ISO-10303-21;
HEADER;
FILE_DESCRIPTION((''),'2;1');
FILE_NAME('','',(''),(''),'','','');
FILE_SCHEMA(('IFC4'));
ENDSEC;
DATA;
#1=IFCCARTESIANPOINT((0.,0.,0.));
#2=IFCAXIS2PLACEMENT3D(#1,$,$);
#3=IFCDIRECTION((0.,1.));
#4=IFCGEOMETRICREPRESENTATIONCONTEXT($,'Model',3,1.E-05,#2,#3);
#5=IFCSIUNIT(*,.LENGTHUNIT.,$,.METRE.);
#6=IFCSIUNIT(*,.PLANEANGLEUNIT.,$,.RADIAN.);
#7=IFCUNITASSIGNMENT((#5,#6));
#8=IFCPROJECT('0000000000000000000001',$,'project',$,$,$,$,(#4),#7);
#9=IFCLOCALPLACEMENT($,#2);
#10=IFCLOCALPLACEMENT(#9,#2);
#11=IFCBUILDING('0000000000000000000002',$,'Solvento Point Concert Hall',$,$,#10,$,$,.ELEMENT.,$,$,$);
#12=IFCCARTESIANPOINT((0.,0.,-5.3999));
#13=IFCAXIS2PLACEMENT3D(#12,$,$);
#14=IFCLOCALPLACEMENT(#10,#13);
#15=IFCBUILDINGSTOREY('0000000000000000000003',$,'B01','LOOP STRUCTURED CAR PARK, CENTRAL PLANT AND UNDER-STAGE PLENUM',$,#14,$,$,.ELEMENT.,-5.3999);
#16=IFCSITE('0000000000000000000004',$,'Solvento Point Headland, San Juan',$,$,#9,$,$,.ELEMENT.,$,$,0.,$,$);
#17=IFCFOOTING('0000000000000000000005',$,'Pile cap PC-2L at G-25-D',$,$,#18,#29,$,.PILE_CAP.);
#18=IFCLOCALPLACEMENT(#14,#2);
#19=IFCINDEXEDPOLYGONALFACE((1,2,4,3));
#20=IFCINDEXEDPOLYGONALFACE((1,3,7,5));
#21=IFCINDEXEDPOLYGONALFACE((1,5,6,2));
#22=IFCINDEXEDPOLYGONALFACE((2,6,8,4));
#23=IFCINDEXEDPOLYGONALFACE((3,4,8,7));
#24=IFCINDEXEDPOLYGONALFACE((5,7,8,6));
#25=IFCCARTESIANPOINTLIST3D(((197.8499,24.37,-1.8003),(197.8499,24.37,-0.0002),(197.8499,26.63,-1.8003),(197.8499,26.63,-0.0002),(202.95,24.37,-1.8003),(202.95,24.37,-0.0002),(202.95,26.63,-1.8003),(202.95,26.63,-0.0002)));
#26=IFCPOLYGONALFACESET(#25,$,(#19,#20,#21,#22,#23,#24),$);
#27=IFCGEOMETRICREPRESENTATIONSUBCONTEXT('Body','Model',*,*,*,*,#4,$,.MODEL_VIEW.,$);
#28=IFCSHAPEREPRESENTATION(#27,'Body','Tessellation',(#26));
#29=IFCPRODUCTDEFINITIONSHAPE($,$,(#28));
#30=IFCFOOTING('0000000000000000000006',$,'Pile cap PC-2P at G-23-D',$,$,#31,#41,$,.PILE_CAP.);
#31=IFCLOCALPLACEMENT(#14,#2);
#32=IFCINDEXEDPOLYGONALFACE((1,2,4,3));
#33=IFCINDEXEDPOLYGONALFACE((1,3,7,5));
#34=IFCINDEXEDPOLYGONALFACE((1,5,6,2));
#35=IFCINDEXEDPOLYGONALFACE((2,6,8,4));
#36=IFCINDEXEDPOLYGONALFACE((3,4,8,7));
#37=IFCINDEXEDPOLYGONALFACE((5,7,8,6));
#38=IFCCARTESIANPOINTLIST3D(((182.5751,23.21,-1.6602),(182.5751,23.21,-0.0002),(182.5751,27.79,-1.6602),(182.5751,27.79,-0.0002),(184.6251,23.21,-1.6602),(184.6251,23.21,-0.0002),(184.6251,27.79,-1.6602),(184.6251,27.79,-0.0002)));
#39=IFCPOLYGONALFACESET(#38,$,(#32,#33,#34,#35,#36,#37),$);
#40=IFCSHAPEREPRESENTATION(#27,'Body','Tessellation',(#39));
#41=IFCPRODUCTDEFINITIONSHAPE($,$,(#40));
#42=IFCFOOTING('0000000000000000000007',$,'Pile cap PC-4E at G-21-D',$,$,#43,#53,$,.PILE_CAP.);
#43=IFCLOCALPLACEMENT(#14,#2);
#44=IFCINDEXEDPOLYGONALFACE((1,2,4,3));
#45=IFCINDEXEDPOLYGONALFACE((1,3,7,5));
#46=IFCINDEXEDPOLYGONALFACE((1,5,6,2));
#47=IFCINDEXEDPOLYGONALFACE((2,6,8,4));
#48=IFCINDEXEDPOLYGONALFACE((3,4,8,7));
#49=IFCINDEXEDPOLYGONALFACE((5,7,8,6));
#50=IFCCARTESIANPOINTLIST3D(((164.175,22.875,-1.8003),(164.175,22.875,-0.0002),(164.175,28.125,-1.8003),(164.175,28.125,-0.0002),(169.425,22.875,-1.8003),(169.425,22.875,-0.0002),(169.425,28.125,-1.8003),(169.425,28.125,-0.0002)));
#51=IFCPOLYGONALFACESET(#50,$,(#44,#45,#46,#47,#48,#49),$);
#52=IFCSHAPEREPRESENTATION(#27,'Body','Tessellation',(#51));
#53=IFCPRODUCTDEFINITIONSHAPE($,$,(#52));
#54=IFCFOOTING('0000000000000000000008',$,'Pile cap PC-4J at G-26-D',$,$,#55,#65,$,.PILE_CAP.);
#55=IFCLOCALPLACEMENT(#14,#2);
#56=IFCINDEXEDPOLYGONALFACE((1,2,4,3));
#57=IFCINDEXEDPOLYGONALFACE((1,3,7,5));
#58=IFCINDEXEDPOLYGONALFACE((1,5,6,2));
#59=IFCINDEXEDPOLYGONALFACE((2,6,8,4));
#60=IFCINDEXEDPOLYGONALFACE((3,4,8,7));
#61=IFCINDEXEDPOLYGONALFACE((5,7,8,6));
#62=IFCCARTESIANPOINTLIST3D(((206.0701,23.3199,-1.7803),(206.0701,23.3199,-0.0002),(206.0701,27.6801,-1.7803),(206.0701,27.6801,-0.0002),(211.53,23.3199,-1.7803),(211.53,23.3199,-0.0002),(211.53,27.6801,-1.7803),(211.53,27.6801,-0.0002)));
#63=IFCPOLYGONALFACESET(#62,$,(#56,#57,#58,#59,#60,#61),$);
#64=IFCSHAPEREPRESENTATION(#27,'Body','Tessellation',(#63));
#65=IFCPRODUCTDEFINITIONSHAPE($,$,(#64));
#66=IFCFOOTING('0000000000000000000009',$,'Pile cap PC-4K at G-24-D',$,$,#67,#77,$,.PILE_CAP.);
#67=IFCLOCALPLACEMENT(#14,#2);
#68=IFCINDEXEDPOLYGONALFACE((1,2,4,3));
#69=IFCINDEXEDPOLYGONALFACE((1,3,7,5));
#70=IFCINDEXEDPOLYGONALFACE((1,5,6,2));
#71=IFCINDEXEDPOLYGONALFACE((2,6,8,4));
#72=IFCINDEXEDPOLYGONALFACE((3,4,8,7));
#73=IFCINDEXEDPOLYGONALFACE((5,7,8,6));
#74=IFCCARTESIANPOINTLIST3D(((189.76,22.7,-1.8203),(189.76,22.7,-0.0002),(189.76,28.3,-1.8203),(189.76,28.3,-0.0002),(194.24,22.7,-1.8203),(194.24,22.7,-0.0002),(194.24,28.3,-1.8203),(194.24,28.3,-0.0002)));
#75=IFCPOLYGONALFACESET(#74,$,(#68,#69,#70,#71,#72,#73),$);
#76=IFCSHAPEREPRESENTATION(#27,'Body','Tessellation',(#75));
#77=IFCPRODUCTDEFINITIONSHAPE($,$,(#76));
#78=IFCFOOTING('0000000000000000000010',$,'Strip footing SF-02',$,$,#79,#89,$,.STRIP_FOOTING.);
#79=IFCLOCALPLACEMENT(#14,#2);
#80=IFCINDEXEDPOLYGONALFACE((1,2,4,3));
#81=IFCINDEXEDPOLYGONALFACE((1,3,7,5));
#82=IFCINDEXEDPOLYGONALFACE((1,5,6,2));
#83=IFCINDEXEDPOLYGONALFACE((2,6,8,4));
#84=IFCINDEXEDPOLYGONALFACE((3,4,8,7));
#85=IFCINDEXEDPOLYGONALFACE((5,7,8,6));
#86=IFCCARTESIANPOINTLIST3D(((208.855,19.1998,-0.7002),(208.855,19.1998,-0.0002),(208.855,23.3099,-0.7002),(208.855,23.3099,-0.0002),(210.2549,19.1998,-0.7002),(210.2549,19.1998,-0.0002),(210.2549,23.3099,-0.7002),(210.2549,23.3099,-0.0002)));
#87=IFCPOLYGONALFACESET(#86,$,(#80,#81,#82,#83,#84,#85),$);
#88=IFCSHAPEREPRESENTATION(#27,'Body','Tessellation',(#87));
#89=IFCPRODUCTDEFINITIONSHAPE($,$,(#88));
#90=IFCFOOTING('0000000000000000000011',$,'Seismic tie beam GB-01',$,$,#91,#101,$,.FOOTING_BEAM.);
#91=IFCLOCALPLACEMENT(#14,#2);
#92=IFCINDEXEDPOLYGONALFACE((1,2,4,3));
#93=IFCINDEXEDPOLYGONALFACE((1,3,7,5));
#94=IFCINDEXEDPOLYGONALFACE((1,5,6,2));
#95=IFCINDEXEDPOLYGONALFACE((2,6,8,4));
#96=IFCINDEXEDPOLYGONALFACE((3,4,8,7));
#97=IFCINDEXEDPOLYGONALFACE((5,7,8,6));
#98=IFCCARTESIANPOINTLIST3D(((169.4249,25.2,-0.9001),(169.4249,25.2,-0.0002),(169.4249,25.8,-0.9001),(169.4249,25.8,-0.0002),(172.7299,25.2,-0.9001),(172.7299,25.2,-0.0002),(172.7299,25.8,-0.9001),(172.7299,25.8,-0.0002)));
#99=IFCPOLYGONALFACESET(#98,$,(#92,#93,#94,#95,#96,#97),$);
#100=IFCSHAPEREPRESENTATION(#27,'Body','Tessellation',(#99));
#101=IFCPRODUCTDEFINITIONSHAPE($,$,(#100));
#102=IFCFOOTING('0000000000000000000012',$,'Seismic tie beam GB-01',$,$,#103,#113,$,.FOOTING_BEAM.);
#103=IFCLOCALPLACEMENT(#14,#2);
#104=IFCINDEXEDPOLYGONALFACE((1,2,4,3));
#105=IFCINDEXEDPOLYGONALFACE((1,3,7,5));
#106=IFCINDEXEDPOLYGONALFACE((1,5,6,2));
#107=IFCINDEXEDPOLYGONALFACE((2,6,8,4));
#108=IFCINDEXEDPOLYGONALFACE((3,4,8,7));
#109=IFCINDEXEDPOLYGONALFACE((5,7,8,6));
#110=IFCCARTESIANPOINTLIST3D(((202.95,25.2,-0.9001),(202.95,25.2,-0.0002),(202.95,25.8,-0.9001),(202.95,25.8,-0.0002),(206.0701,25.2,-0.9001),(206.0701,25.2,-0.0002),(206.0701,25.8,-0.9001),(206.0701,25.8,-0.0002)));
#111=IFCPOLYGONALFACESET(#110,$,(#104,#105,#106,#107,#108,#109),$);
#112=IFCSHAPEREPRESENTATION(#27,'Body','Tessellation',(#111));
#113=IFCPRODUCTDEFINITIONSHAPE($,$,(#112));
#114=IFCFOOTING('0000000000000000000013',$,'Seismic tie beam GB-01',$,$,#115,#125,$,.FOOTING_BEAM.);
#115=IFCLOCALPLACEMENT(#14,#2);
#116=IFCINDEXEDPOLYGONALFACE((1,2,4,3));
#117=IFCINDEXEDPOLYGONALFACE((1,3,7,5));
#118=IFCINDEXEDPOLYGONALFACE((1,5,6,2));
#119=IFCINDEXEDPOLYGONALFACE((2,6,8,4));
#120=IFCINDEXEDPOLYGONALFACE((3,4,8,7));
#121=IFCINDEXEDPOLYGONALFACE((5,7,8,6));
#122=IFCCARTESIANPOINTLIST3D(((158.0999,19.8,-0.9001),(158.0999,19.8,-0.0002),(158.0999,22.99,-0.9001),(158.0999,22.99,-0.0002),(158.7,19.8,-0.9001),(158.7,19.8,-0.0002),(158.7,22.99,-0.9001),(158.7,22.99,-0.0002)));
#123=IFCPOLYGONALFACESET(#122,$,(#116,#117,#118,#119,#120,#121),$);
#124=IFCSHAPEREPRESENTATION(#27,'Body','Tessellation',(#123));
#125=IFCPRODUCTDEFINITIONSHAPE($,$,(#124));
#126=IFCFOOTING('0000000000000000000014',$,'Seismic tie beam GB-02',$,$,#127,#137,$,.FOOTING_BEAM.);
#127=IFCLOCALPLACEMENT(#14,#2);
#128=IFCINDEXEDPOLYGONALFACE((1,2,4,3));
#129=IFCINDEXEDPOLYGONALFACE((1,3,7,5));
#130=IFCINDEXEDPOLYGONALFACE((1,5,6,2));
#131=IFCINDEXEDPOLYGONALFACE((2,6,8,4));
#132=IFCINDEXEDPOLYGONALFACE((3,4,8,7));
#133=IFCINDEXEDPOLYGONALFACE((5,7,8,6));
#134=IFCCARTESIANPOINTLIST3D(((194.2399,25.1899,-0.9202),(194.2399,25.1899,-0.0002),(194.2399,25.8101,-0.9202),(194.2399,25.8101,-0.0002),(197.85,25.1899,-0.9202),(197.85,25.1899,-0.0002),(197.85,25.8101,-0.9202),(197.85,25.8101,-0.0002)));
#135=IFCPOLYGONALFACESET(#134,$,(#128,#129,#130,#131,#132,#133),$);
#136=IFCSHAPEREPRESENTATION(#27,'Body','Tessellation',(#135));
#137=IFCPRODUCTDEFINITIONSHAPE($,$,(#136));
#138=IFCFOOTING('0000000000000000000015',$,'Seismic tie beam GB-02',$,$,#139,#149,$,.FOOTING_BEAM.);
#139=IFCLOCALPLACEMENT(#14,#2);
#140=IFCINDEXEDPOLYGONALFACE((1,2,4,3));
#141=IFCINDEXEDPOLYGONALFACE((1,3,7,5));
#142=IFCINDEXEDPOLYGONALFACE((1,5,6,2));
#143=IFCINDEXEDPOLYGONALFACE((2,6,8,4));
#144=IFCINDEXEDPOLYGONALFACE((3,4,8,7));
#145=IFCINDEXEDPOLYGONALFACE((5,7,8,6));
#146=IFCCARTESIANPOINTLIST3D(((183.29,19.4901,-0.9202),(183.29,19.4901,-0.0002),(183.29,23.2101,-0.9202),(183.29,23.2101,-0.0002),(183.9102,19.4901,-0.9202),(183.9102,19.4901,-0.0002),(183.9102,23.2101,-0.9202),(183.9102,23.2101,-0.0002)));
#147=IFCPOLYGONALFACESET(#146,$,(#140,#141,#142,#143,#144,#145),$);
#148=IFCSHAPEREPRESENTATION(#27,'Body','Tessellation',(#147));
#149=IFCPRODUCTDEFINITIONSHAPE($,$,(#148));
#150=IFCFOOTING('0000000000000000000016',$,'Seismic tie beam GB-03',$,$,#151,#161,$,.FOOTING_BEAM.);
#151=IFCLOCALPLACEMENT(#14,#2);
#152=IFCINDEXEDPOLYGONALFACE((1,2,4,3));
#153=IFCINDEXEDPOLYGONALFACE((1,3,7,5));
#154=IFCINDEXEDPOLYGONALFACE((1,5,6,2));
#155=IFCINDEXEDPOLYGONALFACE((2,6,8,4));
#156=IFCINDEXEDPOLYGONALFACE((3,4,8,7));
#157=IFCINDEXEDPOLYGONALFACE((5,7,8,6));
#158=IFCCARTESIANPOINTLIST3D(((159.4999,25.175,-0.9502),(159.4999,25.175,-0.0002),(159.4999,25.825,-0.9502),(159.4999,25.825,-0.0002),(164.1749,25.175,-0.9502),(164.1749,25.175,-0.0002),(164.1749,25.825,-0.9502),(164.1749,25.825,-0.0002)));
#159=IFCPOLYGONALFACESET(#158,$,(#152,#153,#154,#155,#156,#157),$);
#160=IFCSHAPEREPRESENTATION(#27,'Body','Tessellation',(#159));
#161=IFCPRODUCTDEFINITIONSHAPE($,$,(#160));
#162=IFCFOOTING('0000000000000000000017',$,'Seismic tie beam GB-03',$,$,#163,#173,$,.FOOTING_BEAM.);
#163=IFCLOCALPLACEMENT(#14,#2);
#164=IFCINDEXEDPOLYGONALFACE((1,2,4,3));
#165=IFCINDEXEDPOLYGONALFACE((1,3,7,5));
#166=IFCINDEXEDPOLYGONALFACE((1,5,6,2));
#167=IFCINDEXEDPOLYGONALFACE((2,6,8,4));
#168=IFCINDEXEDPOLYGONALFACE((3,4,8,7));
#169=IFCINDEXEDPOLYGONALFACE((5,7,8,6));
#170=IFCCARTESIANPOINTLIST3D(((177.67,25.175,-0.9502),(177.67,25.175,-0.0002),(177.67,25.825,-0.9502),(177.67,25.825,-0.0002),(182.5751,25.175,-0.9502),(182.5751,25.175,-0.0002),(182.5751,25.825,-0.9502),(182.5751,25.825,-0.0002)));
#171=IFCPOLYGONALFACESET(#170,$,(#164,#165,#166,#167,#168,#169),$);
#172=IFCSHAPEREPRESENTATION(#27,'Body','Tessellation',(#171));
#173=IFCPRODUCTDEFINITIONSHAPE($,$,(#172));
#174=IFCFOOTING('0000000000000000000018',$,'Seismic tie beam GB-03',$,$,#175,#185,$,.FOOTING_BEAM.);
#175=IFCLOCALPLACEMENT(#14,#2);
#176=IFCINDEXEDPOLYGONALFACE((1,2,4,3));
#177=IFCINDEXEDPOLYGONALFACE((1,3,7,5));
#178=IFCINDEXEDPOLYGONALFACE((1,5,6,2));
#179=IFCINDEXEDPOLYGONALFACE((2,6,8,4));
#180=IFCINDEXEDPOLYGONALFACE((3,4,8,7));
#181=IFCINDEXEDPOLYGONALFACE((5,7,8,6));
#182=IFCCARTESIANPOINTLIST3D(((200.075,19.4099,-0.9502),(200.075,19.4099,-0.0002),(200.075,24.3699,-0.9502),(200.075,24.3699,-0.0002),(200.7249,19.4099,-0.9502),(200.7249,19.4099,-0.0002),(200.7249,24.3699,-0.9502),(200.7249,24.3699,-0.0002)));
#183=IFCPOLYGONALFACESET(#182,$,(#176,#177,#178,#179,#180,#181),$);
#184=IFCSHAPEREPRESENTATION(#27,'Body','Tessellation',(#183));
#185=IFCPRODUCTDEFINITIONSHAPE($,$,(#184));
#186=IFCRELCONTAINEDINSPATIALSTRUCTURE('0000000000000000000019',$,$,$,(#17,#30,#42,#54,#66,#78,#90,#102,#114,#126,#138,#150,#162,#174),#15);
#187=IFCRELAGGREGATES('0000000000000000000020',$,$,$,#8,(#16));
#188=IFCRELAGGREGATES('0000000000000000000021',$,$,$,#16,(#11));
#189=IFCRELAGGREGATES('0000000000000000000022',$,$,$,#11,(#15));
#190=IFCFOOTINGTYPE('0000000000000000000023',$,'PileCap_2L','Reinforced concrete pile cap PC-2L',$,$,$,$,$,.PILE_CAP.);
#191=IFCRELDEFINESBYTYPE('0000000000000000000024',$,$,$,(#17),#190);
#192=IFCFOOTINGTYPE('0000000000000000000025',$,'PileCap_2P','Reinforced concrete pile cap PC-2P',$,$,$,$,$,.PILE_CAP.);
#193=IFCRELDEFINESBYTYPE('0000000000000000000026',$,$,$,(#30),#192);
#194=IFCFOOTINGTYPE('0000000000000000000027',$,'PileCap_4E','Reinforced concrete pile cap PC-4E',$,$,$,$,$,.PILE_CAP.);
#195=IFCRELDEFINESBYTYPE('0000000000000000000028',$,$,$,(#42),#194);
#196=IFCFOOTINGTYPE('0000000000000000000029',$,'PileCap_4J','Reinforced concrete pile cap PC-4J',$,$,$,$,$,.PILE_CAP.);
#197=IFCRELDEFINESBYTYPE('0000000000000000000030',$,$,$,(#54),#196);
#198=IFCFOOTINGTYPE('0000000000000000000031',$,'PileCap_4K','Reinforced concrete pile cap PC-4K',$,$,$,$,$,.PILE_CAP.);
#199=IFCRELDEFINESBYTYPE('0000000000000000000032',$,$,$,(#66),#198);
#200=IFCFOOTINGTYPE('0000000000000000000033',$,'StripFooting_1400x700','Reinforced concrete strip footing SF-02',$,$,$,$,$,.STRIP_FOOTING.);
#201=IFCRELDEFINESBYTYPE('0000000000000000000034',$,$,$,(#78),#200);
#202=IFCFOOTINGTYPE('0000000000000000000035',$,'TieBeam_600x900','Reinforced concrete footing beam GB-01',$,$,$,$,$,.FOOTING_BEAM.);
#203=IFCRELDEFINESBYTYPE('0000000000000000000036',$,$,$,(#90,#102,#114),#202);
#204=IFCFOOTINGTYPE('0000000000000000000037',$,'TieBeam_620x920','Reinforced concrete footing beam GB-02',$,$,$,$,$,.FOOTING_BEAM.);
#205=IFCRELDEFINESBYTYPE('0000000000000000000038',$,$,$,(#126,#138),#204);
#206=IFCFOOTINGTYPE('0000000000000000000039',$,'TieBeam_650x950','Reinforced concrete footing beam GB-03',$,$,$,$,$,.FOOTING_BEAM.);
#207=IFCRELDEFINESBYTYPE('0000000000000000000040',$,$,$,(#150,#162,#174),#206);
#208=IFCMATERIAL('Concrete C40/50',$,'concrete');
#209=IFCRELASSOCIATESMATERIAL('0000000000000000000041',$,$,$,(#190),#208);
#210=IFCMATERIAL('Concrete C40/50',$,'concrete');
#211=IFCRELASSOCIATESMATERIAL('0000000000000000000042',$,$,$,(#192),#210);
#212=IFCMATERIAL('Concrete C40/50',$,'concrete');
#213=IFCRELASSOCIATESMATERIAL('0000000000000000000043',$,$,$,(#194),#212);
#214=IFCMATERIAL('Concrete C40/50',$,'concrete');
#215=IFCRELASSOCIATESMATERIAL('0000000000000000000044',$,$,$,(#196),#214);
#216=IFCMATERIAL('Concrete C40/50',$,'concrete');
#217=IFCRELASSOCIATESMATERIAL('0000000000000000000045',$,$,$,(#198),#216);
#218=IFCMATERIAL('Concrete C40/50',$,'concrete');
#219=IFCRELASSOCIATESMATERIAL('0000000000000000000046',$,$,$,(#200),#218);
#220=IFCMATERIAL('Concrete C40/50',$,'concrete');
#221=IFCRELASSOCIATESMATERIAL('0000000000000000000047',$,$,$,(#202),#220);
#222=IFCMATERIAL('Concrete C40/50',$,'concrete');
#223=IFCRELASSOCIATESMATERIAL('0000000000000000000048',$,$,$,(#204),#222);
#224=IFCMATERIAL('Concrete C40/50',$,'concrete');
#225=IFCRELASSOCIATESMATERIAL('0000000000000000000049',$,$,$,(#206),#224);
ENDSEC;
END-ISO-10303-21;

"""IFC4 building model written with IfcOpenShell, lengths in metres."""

from ifc_helpers import new_model, si_unit, direction, frame, origin, origin_2d, place, context, subcontext, project, spatial, rectangle, extrude, material, type_object, element, save


model = new_model("IFC4")

# Units and contexts
model_context = context("Model", 3, precision=1e-05, world=origin(), true_north=direction((0.0, 1.0)))
body_context = subcontext(model_context, "Body", "Model", "MODEL_VIEW")
ifc_project = project(units=[si_unit("LENGTHUNIT", "METRE"), si_unit("PLANEANGLEUNIT", "RADIAN")], contexts=[model_context])

# Site, building, storey
site_placement = place(None, origin())
site = spatial("IfcSite", under=ifc_project, at=site_placement, Name="Solvento Point Headland, San Juan", CompositionType="ELEMENT", RefElevation=0.0)
building_placement = place(site_placement, origin())
building = spatial("IfcBuilding", under=site, at=building_placement, Name="Solvento Point Concert Hall", CompositionType="ELEMENT")
storey_placement = place(building_placement, frame((0.0, 0.0, -5.3999)))
storey = spatial("IfcBuildingStorey", under=building, at=storey_placement, Name="B01", Description="LOOP STRUCTURED CAR PARK, CENTRAL PLANT AND UNDER-STAGE PLENUM", CompositionType="ELEMENT", Elevation=-5.3999)

# Footings
ifc_material_1 = material(Name="Concrete C40/50", Category="concrete")
footing_type_1 = type_object("IfcFootingType", Name="PileCap_2L", Description="Reinforced concrete pile cap PC-2L", PredefinedType="PILE_CAP", material=ifc_material_1)
footing_1_placement = place(storey_placement, frame((200.3999, 25.5, -1.8003), z_axis=(0.0, 0.0, 1.0), x_axis=(1.0, 0.0, 0.0)))
element("IfcFooting", 1, at=footing_1_placement, inside=storey, type_object=footing_type_1, Name="Pile cap PC-2L at G-25-D", PredefinedType="PILE_CAP", context=body_context, shape_type="SweptSolid", body=[
    extrude(rectangle(XDim=5.1001, YDim=2.26, at=origin_2d()), origin(), (0.0, 0.0, 1.0), 1.8),
])
ifc_material_2 = material(Name="Concrete C40/50", Category="concrete")
footing_type_2 = type_object("IfcFootingType", Name="PileCap_2P", Description="Reinforced concrete pile cap PC-2P", PredefinedType="PILE_CAP", material=ifc_material_2)
footing_2_placement = place(storey_placement, frame((183.6001, 25.5, -1.6602), z_axis=(0.0, 0.0, 1.0), x_axis=(1.0, 0.0, 0.0)))
element("IfcFooting", 2, at=footing_2_placement, inside=storey, type_object=footing_type_2, Name="Pile cap PC-2P at G-23-D", PredefinedType="PILE_CAP", context=body_context, shape_type="SweptSolid", body=[
    extrude(rectangle(XDim=2.05, YDim=4.5801, at=origin_2d()), origin(), (0.0, 0.0, 1.0), 1.6599),
])
ifc_material_3 = material(Name="Concrete C40/50", Category="concrete")
footing_type_3 = type_object("IfcFootingType", Name="PileCap_4E", Description="Reinforced concrete pile cap PC-4E", PredefinedType="PILE_CAP", material=ifc_material_3)
footing_3_placement = place(storey_placement, frame((166.8, 25.5, -1.8003), z_axis=(0.0, 0.0, 1.0), x_axis=(1.0, 0.0, 0.0)))
element("IfcFooting", 3, at=footing_3_placement, inside=storey, type_object=footing_type_3, Name="Pile cap PC-4E at G-21-D", PredefinedType="PILE_CAP", context=body_context, shape_type="SweptSolid", body=[
    extrude(rectangle(XDim=5.25, YDim=5.25, at=origin_2d()), origin(), (0.0, 0.0, 1.0), 1.8),
])
ifc_material_4 = material(Name="Concrete C40/50", Category="concrete")
footing_type_4 = type_object("IfcFootingType", Name="PileCap_4J", Description="Reinforced concrete pile cap PC-4J", PredefinedType="PILE_CAP", material=ifc_material_4)
footing_4_placement = place(storey_placement, frame((208.8, 25.5, -1.7803), z_axis=(0.0, 0.0, 1.0), x_axis=(1.0, 0.0, 0.0)))
element("IfcFooting", 4, at=footing_4_placement, inside=storey, type_object=footing_type_4, Name="Pile cap PC-4J at G-26-D", PredefinedType="PILE_CAP", context=body_context, shape_type="SweptSolid", body=[
    extrude(rectangle(XDim=5.46, YDim=4.3601, at=origin_2d()), origin(), (0.0, 0.0, 1.0), 1.78),
])
ifc_material_5 = material(Name="Concrete C40/50", Category="concrete")
footing_type_5 = type_object("IfcFootingType", Name="PileCap_4K", Description="Reinforced concrete pile cap PC-4K", PredefinedType="PILE_CAP", material=ifc_material_5)
footing_5_placement = place(storey_placement, frame((192.0, 25.5, -1.8203), z_axis=(0.0, 0.0, 1.0), x_axis=(1.0, 0.0, 0.0)))
element("IfcFooting", 5, at=footing_5_placement, inside=storey, type_object=footing_type_5, Name="Pile cap PC-4K at G-24-D", PredefinedType="PILE_CAP", context=body_context, shape_type="SweptSolid", body=[
    extrude(rectangle(XDim=4.48, YDim=5.6001, at=origin_2d()), origin(), (0.0, 0.0, 1.0), 1.8201),
])
ifc_material_6 = material(Name="Concrete C40/50", Category="concrete")
footing_type_6 = type_object("IfcFootingType", Name="StripFooting_1400x700", Description="Reinforced concrete strip footing SF-02", PredefinedType="STRIP_FOOTING", material=ifc_material_6)
footing_6_placement = place(storey_placement, frame((209.5549, 21.2549, -0.7002), z_axis=(0.0, 0.0, 1.0), x_axis=(0.0, -1.0, 0.0)))
element("IfcFooting", 6, at=footing_6_placement, inside=storey, type_object=footing_type_6, Name="Strip footing SF-02", PredefinedType="STRIP_FOOTING", context=body_context, shape_type="SweptSolid", body=[
    extrude(rectangle(XDim=4.1101, YDim=1.3999, at=origin_2d()), origin(), (0.0, 0.0, 1.0), 0.7),
])
ifc_material_7 = material(Name="Concrete C40/50", Category="concrete")
footing_type_7 = type_object("IfcFootingType", Name="TieBeam_600x900", Description="Reinforced concrete footing beam GB-01", PredefinedType="FOOTING_BEAM", material=ifc_material_7)
footing_7_placement = place(storey_placement, frame((171.0774, 25.5, -0.9001), z_axis=(0.0, 0.0, 1.0), x_axis=(1.0, 0.0, 0.0)))
element("IfcFooting", 7, at=footing_7_placement, inside=storey, type_object=footing_type_7, Name="Seismic tie beam GB-01", PredefinedType="FOOTING_BEAM", context=body_context, shape_type="SweptSolid", body=[
    extrude(rectangle(XDim=3.3049, YDim=0.6001, at=origin_2d()), origin(), (0.0, 0.0, 1.0), 0.8999),
])
footing_8_placement = place(storey_placement, frame((204.51, 25.5, -0.9001), z_axis=(0.0, 0.0, 1.0), x_axis=(1.0, 0.0, 0.0)))
element("IfcFooting", 8, at=footing_8_placement, inside=storey, type_object=footing_type_7, Name="Seismic tie beam GB-01", PredefinedType="FOOTING_BEAM", context=body_context, shape_type="SweptSolid", body=[
    extrude(rectangle(XDim=3.1201, YDim=0.6001, at=origin_2d()), origin(), (0.0, 0.0, 1.0), 0.8999),
])
footing_9_placement = place(storey_placement, frame((158.3999, 21.395, -0.9001), z_axis=(0.0, 0.0, 1.0), x_axis=(0.0, 1.0, 0.0)))
element("IfcFooting", 9, at=footing_9_placement, inside=storey, type_object=footing_type_7, Name="Seismic tie beam GB-01", PredefinedType="FOOTING_BEAM", context=body_context, shape_type="SweptSolid", body=[
    extrude(rectangle(XDim=3.1899, YDim=0.6001, at=origin_2d()), origin(), (0.0, 0.0, 1.0), 0.8999),
])
ifc_material_8 = material(Name="Concrete C40/50", Category="concrete")
footing_type_8 = type_object("IfcFootingType", Name="TieBeam_620x920", Description="Reinforced concrete footing beam GB-02", PredefinedType="FOOTING_BEAM", material=ifc_material_8)
footing_10_placement = place(storey_placement, frame((196.0449, 25.5, -0.9202), z_axis=(0.0, 0.0, 1.0), x_axis=(1.0, 0.0, 0.0)))
element("IfcFooting", 10, at=footing_10_placement, inside=storey, type_object=footing_type_8, Name="Seismic tie beam GB-02", PredefinedType="FOOTING_BEAM", context=body_context, shape_type="SweptSolid", body=[
    extrude(rectangle(XDim=3.6101, YDim=0.6201, at=origin_2d()), origin(), (0.0, 0.0, 1.0), 0.9199),
])
footing_11_placement = place(storey_placement, frame((183.6001, 21.3501, -0.9202), z_axis=(0.0, 0.0, 1.0), x_axis=(0.0, 1.0, 0.0)))
element("IfcFooting", 11, at=footing_11_placement, inside=storey, type_object=footing_type_8, Name="Seismic tie beam GB-02", PredefinedType="FOOTING_BEAM", context=body_context, shape_type="SweptSolid", body=[
    extrude(rectangle(XDim=3.72, YDim=0.6201, at=origin_2d()), origin(), (0.0, 0.0, 1.0), 0.9199),
])
ifc_material_9 = material(Name="Concrete C40/50", Category="concrete")
footing_type_9 = type_object("IfcFootingType", Name="TieBeam_650x950", Description="Reinforced concrete footing beam GB-03", PredefinedType="FOOTING_BEAM", material=ifc_material_9)
footing_12_placement = place(storey_placement, frame((161.8374, 25.5, -0.9502), z_axis=(0.0, 0.0, 1.0), x_axis=(1.0, 0.0, 0.0)))
element("IfcFooting", 12, at=footing_12_placement, inside=storey, type_object=footing_type_9, Name="Seismic tie beam GB-03", PredefinedType="FOOTING_BEAM", context=body_context, shape_type="SweptSolid", body=[
    extrude(rectangle(XDim=4.675, YDim=0.6499, at=origin_2d()), origin(), (0.0, 0.0, 1.0), 0.95),
])
footing_13_placement = place(storey_placement, frame((180.1226, 25.5, -0.9502), z_axis=(0.0, 0.0, 1.0), x_axis=(1.0, 0.0, 0.0)))
element("IfcFooting", 13, at=footing_13_placement, inside=storey, type_object=footing_type_9, Name="Seismic tie beam GB-03", PredefinedType="FOOTING_BEAM", context=body_context, shape_type="SweptSolid", body=[
    extrude(rectangle(XDim=4.905, YDim=0.6499, at=origin_2d()), origin(), (0.0, 0.0, 1.0), 0.95),
])
footing_14_placement = place(storey_placement, frame((200.3999, 21.8899, -0.9502), z_axis=(0.0, 0.0, 1.0), x_axis=(0.0, 1.0, 0.0)))
element("IfcFooting", 14, at=footing_14_placement, inside=storey, type_object=footing_type_9, Name="Seismic tie beam GB-03", PredefinedType="FOOTING_BEAM", context=body_context, shape_type="SweptSolid", body=[
    extrude(rectangle(XDim=4.96, YDim=0.6499, at=origin_2d()), origin(), (0.0, 0.0, 1.0), 0.95),
])

save(model, "model.ifc")
